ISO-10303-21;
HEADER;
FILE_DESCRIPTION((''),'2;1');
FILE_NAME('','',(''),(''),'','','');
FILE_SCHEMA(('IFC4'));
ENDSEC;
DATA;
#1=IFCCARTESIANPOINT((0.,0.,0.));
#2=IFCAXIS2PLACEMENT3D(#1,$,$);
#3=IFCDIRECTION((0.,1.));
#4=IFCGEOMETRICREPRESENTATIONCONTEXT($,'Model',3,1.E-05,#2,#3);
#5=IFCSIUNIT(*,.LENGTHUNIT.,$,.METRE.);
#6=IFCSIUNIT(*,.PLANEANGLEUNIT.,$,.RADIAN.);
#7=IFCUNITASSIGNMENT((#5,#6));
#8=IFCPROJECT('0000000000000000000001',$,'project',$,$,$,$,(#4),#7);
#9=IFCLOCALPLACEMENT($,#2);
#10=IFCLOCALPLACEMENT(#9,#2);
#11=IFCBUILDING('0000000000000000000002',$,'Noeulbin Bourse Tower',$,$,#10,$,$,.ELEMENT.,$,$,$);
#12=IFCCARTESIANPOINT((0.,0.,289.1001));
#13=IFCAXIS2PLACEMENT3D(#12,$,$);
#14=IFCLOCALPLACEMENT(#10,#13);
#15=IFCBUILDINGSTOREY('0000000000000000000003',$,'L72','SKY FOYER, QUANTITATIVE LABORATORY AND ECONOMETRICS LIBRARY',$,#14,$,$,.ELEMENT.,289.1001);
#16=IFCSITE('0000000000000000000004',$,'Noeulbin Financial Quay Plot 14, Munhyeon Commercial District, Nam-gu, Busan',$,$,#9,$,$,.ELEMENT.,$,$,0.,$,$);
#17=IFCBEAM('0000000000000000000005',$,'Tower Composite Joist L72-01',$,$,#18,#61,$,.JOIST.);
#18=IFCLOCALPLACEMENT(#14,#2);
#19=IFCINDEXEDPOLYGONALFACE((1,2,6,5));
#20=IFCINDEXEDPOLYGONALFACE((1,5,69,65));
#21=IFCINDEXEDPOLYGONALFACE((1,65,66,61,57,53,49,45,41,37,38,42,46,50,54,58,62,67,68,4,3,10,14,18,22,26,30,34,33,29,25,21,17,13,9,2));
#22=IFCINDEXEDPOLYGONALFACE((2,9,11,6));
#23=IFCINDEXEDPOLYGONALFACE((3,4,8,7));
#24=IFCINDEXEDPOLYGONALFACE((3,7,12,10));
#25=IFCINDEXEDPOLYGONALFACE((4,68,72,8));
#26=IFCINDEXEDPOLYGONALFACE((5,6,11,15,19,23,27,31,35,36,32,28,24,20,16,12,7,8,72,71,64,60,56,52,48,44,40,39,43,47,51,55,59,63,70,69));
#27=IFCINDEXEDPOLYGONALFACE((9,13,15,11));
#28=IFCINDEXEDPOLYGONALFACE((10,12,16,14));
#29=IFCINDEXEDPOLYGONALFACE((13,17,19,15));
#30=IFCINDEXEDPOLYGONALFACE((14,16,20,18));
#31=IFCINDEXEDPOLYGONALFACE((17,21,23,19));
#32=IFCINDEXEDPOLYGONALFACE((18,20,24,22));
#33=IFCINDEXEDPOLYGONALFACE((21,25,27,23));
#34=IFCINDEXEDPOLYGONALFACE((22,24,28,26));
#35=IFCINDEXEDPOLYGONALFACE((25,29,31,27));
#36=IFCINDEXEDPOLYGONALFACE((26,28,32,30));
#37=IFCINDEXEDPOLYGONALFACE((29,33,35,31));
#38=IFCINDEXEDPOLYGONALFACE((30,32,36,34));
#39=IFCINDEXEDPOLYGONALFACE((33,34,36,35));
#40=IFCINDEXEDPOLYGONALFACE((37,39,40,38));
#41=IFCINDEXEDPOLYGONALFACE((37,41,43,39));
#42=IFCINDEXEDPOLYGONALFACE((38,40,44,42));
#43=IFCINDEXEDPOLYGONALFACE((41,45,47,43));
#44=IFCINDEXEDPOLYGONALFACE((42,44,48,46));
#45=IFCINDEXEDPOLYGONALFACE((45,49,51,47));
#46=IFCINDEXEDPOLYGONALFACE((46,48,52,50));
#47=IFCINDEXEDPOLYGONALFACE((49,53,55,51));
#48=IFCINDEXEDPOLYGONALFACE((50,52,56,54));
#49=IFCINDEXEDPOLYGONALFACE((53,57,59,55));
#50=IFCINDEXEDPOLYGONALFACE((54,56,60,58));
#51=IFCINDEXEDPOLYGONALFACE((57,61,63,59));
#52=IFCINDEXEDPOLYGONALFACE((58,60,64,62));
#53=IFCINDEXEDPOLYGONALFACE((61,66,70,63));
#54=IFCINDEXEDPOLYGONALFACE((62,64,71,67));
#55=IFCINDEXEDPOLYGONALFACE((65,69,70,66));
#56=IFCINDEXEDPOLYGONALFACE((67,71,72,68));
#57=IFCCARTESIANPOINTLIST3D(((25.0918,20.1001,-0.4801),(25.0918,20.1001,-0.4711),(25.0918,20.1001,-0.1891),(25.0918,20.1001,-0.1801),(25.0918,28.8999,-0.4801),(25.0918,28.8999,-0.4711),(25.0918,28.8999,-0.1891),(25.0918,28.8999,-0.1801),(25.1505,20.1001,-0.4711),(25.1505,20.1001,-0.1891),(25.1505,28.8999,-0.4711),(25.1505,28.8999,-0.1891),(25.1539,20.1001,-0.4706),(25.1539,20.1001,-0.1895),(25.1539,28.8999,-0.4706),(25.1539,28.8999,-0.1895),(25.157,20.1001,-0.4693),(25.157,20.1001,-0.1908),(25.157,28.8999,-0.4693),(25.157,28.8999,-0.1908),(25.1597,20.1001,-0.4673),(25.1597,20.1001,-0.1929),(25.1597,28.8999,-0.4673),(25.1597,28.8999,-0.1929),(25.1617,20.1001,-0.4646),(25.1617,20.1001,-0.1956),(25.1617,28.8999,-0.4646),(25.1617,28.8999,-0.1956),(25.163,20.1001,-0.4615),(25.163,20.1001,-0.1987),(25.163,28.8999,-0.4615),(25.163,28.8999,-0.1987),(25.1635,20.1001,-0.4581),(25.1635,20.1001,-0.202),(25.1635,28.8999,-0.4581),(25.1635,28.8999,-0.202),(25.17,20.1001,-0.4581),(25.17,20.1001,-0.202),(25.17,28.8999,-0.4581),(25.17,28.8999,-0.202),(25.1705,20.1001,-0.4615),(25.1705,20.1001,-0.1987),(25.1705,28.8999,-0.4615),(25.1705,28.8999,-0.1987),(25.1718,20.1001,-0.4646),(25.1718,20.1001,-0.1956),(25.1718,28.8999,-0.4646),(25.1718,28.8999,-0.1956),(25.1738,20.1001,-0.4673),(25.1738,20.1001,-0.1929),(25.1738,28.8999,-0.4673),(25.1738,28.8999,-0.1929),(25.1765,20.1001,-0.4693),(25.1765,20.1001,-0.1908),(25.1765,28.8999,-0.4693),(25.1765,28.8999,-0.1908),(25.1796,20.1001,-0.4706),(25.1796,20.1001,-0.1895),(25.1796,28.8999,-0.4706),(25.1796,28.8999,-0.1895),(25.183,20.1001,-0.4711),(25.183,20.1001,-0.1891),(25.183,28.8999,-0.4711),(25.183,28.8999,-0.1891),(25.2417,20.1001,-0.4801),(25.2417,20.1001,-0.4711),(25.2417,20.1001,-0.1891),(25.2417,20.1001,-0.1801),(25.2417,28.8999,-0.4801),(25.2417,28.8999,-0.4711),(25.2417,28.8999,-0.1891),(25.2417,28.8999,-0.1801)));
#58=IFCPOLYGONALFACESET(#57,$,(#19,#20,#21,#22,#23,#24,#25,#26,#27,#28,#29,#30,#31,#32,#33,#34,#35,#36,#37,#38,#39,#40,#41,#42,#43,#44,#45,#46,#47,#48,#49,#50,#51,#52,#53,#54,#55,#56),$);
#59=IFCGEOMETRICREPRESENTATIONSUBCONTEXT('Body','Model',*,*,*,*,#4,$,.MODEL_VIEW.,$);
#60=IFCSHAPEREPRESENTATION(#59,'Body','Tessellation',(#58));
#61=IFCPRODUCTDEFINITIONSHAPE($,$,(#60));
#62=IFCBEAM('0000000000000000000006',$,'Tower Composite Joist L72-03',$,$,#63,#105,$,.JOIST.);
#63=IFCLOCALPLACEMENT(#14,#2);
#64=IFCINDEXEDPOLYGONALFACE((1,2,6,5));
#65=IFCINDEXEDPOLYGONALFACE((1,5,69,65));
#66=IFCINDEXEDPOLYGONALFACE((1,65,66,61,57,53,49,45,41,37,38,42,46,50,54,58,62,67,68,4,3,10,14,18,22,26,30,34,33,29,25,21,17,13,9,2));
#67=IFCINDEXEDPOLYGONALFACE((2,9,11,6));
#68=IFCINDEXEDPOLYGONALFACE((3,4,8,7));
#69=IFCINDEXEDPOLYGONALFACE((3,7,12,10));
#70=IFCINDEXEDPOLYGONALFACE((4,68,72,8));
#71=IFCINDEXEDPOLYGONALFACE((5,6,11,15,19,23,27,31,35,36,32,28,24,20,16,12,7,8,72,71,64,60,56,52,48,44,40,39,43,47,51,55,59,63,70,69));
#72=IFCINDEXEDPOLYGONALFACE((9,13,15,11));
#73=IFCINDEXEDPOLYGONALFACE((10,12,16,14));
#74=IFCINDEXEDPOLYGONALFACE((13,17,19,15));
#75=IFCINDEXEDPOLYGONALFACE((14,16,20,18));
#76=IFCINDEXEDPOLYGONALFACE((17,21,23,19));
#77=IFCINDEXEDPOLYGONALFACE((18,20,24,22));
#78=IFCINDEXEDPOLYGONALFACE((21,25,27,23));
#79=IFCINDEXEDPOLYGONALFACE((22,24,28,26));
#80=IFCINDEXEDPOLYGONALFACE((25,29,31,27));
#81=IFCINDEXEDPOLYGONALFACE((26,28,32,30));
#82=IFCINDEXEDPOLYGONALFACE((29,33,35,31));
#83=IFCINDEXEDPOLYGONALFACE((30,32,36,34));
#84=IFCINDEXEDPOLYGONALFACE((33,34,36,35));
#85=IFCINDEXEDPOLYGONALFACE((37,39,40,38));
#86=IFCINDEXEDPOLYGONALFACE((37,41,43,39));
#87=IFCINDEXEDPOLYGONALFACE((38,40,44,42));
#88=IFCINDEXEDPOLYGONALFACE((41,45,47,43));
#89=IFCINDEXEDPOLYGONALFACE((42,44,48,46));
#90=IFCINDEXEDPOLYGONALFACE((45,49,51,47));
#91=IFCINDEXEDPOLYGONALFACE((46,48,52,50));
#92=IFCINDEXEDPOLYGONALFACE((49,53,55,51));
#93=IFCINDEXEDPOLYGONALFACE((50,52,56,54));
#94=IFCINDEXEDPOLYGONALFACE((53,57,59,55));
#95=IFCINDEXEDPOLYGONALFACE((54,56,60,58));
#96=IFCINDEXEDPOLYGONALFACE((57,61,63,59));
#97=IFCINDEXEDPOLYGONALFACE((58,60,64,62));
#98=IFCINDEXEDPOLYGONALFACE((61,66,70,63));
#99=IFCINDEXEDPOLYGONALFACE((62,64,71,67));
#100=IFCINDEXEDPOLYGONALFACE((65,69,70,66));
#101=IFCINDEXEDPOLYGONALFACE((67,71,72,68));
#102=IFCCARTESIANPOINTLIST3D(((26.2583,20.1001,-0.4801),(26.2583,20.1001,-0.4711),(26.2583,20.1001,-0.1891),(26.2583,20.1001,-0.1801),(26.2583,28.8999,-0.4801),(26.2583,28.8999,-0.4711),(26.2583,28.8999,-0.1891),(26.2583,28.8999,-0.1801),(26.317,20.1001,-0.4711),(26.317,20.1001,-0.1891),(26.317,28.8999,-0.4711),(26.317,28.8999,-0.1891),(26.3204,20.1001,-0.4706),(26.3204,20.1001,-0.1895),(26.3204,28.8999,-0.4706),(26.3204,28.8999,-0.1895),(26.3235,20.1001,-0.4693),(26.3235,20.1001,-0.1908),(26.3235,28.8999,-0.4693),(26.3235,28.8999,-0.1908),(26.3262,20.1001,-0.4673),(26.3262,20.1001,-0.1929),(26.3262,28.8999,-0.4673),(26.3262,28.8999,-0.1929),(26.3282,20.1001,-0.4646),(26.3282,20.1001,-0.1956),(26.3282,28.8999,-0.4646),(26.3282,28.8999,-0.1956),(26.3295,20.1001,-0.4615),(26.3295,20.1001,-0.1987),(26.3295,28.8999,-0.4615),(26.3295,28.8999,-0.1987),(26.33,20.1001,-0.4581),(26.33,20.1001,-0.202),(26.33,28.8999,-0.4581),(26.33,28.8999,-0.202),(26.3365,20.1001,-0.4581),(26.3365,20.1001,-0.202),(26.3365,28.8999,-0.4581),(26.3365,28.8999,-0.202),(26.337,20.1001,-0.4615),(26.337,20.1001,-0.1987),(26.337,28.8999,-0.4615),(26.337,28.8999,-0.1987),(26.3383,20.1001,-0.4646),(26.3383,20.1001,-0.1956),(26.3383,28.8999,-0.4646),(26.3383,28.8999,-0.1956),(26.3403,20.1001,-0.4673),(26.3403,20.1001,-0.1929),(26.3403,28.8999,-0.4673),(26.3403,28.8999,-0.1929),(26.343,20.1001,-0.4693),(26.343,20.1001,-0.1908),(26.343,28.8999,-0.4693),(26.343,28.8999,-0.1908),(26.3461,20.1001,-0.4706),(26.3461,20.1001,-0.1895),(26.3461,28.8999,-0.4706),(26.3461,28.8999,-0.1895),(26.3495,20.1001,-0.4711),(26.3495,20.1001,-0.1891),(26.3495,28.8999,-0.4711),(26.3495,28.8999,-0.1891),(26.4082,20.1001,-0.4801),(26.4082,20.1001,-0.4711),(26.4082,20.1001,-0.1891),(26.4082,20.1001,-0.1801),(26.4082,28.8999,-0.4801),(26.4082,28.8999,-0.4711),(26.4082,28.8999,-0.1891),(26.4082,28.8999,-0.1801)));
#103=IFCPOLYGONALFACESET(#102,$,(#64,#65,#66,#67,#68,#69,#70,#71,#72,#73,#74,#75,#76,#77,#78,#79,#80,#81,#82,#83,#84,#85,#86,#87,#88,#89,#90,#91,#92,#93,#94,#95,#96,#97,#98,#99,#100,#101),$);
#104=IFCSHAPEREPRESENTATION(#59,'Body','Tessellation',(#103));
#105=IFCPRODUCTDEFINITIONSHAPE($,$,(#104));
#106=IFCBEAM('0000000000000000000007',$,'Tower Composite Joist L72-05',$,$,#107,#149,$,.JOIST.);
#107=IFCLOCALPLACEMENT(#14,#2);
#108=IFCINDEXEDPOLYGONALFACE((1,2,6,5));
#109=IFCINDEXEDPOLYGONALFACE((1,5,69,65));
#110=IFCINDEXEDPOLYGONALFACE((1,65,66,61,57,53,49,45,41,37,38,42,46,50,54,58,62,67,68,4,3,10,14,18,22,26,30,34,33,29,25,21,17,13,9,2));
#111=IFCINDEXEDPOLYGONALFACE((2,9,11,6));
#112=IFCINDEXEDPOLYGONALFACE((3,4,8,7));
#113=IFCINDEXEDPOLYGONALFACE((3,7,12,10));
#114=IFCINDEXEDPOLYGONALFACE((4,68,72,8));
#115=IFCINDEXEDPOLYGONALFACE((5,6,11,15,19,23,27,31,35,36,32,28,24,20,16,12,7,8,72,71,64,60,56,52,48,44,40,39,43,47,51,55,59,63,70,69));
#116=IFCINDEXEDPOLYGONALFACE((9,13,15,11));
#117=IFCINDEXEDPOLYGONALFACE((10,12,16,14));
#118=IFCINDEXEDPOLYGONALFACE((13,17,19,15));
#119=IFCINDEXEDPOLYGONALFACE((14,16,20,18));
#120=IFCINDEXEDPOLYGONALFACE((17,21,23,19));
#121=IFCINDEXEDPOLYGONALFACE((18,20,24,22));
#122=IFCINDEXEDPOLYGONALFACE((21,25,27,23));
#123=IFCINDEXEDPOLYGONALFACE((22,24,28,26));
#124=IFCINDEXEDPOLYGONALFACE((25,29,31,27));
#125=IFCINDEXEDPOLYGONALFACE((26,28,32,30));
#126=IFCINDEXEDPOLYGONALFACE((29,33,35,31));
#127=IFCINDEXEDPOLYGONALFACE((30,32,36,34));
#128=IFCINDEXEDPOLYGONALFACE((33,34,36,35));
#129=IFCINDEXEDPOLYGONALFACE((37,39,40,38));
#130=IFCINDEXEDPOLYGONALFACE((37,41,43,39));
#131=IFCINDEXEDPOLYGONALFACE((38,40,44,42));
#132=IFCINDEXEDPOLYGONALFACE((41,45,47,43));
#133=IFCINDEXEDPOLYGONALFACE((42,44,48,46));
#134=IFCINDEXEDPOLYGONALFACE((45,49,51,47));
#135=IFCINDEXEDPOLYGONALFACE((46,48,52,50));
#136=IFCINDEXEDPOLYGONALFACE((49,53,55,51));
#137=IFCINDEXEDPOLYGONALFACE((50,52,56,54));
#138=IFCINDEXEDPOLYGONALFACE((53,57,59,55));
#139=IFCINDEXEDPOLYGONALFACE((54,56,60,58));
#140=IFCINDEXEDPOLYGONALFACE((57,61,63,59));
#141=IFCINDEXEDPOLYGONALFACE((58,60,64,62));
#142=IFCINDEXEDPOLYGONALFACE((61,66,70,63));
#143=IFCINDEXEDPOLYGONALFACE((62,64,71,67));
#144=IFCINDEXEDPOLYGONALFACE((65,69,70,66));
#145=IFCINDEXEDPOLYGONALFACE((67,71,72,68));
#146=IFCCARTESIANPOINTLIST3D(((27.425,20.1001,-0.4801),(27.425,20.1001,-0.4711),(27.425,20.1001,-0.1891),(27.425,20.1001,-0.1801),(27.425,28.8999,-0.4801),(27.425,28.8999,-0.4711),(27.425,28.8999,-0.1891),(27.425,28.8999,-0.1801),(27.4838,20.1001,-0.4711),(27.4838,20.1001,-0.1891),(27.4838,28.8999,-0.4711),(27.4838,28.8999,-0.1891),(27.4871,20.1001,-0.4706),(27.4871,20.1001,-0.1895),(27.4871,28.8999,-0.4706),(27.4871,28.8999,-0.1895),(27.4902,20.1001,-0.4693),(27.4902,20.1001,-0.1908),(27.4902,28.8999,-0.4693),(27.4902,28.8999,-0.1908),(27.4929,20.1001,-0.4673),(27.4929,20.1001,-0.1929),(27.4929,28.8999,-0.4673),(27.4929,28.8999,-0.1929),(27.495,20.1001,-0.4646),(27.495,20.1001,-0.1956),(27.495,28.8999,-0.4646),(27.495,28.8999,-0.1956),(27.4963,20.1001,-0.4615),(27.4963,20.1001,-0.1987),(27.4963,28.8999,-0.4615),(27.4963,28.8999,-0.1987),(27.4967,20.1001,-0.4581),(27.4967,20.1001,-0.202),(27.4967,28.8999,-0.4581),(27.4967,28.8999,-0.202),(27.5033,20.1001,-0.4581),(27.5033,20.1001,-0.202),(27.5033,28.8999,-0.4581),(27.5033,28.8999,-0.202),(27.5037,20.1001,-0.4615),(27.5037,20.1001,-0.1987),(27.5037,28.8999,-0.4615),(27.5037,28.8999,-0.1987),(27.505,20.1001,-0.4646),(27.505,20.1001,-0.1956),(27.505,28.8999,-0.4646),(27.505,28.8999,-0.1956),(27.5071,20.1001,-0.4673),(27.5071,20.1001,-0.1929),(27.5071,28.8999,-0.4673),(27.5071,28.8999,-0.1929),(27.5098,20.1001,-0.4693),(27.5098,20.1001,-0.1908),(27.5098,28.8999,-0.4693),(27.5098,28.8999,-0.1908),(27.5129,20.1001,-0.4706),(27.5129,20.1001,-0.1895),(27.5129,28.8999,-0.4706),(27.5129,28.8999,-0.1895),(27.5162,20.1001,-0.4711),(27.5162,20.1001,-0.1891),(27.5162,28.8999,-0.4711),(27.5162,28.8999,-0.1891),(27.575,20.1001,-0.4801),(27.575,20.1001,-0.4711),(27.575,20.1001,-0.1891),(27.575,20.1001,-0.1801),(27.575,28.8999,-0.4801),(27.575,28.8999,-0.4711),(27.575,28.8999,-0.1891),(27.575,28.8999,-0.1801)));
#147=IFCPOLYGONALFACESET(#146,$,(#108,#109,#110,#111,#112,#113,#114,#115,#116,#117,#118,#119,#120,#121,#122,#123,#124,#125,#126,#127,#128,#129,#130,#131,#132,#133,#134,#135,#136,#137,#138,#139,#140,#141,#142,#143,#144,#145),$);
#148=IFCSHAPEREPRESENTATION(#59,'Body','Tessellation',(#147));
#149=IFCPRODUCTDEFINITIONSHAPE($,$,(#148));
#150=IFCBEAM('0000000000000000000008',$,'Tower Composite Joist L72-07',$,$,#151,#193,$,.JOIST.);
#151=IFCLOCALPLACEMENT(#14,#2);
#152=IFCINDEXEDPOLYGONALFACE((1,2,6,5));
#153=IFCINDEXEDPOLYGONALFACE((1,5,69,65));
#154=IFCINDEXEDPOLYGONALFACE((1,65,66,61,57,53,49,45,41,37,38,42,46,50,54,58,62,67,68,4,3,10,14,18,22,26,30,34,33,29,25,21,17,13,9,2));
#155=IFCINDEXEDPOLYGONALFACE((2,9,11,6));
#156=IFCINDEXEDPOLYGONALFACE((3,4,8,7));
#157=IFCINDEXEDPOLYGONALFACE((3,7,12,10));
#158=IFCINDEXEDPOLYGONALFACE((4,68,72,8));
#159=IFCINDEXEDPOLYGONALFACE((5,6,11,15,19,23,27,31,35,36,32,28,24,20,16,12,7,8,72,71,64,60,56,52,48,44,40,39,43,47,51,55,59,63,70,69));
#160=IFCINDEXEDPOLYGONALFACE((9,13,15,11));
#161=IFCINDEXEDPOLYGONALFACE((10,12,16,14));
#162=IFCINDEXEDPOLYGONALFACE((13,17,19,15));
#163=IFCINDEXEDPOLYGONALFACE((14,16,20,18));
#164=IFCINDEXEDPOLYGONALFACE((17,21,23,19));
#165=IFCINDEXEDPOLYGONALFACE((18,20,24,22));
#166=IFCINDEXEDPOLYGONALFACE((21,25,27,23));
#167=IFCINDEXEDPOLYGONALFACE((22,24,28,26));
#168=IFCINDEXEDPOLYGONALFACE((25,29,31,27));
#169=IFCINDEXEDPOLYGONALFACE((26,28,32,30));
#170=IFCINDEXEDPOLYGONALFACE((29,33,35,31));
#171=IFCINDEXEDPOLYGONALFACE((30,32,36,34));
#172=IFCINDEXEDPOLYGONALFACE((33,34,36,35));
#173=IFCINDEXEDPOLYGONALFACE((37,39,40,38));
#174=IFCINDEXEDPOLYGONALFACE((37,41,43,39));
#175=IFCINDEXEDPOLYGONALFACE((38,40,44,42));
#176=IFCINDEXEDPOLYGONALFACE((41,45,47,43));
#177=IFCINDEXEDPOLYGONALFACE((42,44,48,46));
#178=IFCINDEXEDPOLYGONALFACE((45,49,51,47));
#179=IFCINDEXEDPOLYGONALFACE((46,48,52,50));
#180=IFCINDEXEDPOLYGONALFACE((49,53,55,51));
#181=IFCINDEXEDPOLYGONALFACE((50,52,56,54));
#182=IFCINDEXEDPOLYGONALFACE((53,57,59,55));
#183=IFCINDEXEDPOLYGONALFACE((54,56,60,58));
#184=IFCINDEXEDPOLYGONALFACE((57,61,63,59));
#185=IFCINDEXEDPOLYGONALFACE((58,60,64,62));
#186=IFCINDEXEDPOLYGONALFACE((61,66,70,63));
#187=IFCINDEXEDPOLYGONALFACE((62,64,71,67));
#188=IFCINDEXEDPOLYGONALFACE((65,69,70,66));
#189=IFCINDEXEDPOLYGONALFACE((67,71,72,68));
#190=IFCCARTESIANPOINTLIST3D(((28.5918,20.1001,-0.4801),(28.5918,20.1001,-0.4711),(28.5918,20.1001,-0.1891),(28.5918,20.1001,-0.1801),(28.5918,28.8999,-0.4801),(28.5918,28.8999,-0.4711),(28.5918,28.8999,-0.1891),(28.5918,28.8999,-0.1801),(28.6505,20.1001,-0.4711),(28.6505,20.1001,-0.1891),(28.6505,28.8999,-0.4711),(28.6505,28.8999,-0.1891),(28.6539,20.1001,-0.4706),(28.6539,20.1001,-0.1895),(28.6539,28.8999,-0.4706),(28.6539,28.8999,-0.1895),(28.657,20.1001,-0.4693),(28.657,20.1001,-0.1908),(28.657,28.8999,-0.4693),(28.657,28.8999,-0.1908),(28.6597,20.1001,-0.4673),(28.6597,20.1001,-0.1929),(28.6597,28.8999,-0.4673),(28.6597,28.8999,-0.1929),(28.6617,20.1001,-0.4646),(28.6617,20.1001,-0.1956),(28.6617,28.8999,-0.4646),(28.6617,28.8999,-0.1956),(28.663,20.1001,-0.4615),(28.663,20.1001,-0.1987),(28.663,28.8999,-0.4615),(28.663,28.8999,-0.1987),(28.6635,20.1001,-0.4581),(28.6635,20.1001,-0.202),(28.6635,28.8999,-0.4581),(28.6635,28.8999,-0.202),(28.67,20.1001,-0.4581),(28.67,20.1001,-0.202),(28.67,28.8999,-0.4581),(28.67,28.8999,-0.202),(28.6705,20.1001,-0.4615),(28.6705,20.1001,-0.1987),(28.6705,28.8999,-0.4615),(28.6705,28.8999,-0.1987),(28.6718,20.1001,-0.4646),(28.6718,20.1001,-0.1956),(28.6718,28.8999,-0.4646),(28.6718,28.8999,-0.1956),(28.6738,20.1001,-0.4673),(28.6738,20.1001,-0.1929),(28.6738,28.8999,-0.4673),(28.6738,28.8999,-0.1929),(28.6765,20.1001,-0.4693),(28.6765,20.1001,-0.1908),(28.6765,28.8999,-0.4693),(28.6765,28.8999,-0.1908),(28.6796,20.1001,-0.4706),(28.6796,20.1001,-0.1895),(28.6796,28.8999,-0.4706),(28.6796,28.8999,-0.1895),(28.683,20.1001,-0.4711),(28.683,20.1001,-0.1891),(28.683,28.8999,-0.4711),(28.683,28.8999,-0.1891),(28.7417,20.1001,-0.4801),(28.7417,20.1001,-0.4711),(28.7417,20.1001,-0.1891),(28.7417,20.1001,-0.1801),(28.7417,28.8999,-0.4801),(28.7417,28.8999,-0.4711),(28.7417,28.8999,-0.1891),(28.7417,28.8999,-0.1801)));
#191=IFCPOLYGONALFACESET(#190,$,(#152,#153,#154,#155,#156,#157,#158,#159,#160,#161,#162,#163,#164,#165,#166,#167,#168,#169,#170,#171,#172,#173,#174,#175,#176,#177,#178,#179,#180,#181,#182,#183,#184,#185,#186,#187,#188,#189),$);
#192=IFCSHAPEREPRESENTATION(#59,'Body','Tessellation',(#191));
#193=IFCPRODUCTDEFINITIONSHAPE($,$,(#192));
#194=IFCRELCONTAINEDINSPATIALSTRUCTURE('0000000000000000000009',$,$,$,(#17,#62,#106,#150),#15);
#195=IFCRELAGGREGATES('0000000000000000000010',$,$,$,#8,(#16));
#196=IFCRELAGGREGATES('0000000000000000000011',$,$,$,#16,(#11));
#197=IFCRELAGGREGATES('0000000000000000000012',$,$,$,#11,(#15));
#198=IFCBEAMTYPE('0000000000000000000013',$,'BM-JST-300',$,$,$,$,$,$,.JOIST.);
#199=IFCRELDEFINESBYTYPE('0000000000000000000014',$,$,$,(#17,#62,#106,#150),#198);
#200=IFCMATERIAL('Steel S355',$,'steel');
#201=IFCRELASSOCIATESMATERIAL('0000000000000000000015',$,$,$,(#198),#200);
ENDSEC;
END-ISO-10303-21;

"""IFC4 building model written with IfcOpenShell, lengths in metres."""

from ifc_helpers import new_model, si_unit, direction, frame, origin, origin_2d, place, context, subcontext, project, spatial, i_section, extrude, material, material_profile, profile_set, type_object, element, save


model = new_model("IFC4")

# Units and contexts
model_context = context("Model", 3, precision=1e-05, world=origin(), true_north=direction((0.0, 1.0)))
body_context = subcontext(model_context, "Body", "Model", "MODEL_VIEW")
ifc_project = project(units=[si_unit("LENGTHUNIT", "METRE"), si_unit("PLANEANGLEUNIT", "RADIAN")], contexts=[model_context])

# Site, building, storey
site_placement = place(None, origin())
site = spatial("IfcSite", under=ifc_project, at=site_placement, Name="Noeulbin Financial Quay Plot 14, Munhyeon Commercial District, Nam-gu, Busan", CompositionType="ELEMENT", RefElevation=0.0)
building_placement = place(site_placement, origin())
building = spatial("IfcBuilding", under=site, at=building_placement, Name="Noeulbin Bourse Tower", CompositionType="ELEMENT")
storey_placement = place(building_placement, frame((0.0, 0.0, 289.1001)))
storey = spatial("IfcBuildingStorey", under=building, at=storey_placement, Name="L72", Description="SKY FOYER, QUANTITATIVE LABORATORY AND ECONOMETRICS LIBRARY", CompositionType="ELEMENT", Elevation=289.1001)

# Shared definitions
ifc_material_1 = material(Name="Steel S355", Category="steel")

# Beams
ifc_material_profile_1 = material_profile(ifc_material_1, i_section(OverallWidth=0.1499, OverallDepth=0.3, WebThickness=0.0066, FlangeThickness=0.009, FilletRadius=0.0129, at=origin_2d()), Name="H-300x150x6.5x9", Category="LoadBearing")
ifc_profile_set_1 = profile_set([ifc_material_profile_1], Name="Steel S355")
beam_type_1 = type_object("IfcBeamType", Name="BM-JST-300", PredefinedType="JOIST", material=ifc_profile_set_1)
for number, where, z_axis, x_axis, name in (
    (1, (25.1667, 20.1001, -0.3301), (0.0, 1.0, 0.0), (-1.0, 0.0, 0.0), "Tower Composite Joist L72-01"),
    (2, (26.3333, 20.1001, -0.3301), (0.0, 1.0, 0.0), (-1.0, 0.0, 0.0), "Tower Composite Joist L72-03"),
    (3, (27.5, 20.1001, -0.3301), (0.0, 1.0, 0.0), (-1.0, 0.0, 0.0), "Tower Composite Joist L72-05"),
    (4, (28.6667, 20.1001, -0.3301), (0.0, 1.0, 0.0), (-1.0, 0.0, 0.0), "Tower Composite Joist L72-07"),
):
    element("IfcBeam", number, at=place(storey_placement, frame(where, z_axis=z_axis, x_axis=x_axis)), inside=storey, type_object=beam_type_1, Name=name, PredefinedType="JOIST", context=body_context, shape_type="SweptSolid", body=[
        extrude(i_section(OverallWidth=0.1499, OverallDepth=0.3, WebThickness=0.0066, FlangeThickness=0.009, FilletRadius=0.0129, at=origin_2d()), origin(), (0.0, 0.0, 1.0), 8.7998),
    ])

save(model, "model.ifc")
